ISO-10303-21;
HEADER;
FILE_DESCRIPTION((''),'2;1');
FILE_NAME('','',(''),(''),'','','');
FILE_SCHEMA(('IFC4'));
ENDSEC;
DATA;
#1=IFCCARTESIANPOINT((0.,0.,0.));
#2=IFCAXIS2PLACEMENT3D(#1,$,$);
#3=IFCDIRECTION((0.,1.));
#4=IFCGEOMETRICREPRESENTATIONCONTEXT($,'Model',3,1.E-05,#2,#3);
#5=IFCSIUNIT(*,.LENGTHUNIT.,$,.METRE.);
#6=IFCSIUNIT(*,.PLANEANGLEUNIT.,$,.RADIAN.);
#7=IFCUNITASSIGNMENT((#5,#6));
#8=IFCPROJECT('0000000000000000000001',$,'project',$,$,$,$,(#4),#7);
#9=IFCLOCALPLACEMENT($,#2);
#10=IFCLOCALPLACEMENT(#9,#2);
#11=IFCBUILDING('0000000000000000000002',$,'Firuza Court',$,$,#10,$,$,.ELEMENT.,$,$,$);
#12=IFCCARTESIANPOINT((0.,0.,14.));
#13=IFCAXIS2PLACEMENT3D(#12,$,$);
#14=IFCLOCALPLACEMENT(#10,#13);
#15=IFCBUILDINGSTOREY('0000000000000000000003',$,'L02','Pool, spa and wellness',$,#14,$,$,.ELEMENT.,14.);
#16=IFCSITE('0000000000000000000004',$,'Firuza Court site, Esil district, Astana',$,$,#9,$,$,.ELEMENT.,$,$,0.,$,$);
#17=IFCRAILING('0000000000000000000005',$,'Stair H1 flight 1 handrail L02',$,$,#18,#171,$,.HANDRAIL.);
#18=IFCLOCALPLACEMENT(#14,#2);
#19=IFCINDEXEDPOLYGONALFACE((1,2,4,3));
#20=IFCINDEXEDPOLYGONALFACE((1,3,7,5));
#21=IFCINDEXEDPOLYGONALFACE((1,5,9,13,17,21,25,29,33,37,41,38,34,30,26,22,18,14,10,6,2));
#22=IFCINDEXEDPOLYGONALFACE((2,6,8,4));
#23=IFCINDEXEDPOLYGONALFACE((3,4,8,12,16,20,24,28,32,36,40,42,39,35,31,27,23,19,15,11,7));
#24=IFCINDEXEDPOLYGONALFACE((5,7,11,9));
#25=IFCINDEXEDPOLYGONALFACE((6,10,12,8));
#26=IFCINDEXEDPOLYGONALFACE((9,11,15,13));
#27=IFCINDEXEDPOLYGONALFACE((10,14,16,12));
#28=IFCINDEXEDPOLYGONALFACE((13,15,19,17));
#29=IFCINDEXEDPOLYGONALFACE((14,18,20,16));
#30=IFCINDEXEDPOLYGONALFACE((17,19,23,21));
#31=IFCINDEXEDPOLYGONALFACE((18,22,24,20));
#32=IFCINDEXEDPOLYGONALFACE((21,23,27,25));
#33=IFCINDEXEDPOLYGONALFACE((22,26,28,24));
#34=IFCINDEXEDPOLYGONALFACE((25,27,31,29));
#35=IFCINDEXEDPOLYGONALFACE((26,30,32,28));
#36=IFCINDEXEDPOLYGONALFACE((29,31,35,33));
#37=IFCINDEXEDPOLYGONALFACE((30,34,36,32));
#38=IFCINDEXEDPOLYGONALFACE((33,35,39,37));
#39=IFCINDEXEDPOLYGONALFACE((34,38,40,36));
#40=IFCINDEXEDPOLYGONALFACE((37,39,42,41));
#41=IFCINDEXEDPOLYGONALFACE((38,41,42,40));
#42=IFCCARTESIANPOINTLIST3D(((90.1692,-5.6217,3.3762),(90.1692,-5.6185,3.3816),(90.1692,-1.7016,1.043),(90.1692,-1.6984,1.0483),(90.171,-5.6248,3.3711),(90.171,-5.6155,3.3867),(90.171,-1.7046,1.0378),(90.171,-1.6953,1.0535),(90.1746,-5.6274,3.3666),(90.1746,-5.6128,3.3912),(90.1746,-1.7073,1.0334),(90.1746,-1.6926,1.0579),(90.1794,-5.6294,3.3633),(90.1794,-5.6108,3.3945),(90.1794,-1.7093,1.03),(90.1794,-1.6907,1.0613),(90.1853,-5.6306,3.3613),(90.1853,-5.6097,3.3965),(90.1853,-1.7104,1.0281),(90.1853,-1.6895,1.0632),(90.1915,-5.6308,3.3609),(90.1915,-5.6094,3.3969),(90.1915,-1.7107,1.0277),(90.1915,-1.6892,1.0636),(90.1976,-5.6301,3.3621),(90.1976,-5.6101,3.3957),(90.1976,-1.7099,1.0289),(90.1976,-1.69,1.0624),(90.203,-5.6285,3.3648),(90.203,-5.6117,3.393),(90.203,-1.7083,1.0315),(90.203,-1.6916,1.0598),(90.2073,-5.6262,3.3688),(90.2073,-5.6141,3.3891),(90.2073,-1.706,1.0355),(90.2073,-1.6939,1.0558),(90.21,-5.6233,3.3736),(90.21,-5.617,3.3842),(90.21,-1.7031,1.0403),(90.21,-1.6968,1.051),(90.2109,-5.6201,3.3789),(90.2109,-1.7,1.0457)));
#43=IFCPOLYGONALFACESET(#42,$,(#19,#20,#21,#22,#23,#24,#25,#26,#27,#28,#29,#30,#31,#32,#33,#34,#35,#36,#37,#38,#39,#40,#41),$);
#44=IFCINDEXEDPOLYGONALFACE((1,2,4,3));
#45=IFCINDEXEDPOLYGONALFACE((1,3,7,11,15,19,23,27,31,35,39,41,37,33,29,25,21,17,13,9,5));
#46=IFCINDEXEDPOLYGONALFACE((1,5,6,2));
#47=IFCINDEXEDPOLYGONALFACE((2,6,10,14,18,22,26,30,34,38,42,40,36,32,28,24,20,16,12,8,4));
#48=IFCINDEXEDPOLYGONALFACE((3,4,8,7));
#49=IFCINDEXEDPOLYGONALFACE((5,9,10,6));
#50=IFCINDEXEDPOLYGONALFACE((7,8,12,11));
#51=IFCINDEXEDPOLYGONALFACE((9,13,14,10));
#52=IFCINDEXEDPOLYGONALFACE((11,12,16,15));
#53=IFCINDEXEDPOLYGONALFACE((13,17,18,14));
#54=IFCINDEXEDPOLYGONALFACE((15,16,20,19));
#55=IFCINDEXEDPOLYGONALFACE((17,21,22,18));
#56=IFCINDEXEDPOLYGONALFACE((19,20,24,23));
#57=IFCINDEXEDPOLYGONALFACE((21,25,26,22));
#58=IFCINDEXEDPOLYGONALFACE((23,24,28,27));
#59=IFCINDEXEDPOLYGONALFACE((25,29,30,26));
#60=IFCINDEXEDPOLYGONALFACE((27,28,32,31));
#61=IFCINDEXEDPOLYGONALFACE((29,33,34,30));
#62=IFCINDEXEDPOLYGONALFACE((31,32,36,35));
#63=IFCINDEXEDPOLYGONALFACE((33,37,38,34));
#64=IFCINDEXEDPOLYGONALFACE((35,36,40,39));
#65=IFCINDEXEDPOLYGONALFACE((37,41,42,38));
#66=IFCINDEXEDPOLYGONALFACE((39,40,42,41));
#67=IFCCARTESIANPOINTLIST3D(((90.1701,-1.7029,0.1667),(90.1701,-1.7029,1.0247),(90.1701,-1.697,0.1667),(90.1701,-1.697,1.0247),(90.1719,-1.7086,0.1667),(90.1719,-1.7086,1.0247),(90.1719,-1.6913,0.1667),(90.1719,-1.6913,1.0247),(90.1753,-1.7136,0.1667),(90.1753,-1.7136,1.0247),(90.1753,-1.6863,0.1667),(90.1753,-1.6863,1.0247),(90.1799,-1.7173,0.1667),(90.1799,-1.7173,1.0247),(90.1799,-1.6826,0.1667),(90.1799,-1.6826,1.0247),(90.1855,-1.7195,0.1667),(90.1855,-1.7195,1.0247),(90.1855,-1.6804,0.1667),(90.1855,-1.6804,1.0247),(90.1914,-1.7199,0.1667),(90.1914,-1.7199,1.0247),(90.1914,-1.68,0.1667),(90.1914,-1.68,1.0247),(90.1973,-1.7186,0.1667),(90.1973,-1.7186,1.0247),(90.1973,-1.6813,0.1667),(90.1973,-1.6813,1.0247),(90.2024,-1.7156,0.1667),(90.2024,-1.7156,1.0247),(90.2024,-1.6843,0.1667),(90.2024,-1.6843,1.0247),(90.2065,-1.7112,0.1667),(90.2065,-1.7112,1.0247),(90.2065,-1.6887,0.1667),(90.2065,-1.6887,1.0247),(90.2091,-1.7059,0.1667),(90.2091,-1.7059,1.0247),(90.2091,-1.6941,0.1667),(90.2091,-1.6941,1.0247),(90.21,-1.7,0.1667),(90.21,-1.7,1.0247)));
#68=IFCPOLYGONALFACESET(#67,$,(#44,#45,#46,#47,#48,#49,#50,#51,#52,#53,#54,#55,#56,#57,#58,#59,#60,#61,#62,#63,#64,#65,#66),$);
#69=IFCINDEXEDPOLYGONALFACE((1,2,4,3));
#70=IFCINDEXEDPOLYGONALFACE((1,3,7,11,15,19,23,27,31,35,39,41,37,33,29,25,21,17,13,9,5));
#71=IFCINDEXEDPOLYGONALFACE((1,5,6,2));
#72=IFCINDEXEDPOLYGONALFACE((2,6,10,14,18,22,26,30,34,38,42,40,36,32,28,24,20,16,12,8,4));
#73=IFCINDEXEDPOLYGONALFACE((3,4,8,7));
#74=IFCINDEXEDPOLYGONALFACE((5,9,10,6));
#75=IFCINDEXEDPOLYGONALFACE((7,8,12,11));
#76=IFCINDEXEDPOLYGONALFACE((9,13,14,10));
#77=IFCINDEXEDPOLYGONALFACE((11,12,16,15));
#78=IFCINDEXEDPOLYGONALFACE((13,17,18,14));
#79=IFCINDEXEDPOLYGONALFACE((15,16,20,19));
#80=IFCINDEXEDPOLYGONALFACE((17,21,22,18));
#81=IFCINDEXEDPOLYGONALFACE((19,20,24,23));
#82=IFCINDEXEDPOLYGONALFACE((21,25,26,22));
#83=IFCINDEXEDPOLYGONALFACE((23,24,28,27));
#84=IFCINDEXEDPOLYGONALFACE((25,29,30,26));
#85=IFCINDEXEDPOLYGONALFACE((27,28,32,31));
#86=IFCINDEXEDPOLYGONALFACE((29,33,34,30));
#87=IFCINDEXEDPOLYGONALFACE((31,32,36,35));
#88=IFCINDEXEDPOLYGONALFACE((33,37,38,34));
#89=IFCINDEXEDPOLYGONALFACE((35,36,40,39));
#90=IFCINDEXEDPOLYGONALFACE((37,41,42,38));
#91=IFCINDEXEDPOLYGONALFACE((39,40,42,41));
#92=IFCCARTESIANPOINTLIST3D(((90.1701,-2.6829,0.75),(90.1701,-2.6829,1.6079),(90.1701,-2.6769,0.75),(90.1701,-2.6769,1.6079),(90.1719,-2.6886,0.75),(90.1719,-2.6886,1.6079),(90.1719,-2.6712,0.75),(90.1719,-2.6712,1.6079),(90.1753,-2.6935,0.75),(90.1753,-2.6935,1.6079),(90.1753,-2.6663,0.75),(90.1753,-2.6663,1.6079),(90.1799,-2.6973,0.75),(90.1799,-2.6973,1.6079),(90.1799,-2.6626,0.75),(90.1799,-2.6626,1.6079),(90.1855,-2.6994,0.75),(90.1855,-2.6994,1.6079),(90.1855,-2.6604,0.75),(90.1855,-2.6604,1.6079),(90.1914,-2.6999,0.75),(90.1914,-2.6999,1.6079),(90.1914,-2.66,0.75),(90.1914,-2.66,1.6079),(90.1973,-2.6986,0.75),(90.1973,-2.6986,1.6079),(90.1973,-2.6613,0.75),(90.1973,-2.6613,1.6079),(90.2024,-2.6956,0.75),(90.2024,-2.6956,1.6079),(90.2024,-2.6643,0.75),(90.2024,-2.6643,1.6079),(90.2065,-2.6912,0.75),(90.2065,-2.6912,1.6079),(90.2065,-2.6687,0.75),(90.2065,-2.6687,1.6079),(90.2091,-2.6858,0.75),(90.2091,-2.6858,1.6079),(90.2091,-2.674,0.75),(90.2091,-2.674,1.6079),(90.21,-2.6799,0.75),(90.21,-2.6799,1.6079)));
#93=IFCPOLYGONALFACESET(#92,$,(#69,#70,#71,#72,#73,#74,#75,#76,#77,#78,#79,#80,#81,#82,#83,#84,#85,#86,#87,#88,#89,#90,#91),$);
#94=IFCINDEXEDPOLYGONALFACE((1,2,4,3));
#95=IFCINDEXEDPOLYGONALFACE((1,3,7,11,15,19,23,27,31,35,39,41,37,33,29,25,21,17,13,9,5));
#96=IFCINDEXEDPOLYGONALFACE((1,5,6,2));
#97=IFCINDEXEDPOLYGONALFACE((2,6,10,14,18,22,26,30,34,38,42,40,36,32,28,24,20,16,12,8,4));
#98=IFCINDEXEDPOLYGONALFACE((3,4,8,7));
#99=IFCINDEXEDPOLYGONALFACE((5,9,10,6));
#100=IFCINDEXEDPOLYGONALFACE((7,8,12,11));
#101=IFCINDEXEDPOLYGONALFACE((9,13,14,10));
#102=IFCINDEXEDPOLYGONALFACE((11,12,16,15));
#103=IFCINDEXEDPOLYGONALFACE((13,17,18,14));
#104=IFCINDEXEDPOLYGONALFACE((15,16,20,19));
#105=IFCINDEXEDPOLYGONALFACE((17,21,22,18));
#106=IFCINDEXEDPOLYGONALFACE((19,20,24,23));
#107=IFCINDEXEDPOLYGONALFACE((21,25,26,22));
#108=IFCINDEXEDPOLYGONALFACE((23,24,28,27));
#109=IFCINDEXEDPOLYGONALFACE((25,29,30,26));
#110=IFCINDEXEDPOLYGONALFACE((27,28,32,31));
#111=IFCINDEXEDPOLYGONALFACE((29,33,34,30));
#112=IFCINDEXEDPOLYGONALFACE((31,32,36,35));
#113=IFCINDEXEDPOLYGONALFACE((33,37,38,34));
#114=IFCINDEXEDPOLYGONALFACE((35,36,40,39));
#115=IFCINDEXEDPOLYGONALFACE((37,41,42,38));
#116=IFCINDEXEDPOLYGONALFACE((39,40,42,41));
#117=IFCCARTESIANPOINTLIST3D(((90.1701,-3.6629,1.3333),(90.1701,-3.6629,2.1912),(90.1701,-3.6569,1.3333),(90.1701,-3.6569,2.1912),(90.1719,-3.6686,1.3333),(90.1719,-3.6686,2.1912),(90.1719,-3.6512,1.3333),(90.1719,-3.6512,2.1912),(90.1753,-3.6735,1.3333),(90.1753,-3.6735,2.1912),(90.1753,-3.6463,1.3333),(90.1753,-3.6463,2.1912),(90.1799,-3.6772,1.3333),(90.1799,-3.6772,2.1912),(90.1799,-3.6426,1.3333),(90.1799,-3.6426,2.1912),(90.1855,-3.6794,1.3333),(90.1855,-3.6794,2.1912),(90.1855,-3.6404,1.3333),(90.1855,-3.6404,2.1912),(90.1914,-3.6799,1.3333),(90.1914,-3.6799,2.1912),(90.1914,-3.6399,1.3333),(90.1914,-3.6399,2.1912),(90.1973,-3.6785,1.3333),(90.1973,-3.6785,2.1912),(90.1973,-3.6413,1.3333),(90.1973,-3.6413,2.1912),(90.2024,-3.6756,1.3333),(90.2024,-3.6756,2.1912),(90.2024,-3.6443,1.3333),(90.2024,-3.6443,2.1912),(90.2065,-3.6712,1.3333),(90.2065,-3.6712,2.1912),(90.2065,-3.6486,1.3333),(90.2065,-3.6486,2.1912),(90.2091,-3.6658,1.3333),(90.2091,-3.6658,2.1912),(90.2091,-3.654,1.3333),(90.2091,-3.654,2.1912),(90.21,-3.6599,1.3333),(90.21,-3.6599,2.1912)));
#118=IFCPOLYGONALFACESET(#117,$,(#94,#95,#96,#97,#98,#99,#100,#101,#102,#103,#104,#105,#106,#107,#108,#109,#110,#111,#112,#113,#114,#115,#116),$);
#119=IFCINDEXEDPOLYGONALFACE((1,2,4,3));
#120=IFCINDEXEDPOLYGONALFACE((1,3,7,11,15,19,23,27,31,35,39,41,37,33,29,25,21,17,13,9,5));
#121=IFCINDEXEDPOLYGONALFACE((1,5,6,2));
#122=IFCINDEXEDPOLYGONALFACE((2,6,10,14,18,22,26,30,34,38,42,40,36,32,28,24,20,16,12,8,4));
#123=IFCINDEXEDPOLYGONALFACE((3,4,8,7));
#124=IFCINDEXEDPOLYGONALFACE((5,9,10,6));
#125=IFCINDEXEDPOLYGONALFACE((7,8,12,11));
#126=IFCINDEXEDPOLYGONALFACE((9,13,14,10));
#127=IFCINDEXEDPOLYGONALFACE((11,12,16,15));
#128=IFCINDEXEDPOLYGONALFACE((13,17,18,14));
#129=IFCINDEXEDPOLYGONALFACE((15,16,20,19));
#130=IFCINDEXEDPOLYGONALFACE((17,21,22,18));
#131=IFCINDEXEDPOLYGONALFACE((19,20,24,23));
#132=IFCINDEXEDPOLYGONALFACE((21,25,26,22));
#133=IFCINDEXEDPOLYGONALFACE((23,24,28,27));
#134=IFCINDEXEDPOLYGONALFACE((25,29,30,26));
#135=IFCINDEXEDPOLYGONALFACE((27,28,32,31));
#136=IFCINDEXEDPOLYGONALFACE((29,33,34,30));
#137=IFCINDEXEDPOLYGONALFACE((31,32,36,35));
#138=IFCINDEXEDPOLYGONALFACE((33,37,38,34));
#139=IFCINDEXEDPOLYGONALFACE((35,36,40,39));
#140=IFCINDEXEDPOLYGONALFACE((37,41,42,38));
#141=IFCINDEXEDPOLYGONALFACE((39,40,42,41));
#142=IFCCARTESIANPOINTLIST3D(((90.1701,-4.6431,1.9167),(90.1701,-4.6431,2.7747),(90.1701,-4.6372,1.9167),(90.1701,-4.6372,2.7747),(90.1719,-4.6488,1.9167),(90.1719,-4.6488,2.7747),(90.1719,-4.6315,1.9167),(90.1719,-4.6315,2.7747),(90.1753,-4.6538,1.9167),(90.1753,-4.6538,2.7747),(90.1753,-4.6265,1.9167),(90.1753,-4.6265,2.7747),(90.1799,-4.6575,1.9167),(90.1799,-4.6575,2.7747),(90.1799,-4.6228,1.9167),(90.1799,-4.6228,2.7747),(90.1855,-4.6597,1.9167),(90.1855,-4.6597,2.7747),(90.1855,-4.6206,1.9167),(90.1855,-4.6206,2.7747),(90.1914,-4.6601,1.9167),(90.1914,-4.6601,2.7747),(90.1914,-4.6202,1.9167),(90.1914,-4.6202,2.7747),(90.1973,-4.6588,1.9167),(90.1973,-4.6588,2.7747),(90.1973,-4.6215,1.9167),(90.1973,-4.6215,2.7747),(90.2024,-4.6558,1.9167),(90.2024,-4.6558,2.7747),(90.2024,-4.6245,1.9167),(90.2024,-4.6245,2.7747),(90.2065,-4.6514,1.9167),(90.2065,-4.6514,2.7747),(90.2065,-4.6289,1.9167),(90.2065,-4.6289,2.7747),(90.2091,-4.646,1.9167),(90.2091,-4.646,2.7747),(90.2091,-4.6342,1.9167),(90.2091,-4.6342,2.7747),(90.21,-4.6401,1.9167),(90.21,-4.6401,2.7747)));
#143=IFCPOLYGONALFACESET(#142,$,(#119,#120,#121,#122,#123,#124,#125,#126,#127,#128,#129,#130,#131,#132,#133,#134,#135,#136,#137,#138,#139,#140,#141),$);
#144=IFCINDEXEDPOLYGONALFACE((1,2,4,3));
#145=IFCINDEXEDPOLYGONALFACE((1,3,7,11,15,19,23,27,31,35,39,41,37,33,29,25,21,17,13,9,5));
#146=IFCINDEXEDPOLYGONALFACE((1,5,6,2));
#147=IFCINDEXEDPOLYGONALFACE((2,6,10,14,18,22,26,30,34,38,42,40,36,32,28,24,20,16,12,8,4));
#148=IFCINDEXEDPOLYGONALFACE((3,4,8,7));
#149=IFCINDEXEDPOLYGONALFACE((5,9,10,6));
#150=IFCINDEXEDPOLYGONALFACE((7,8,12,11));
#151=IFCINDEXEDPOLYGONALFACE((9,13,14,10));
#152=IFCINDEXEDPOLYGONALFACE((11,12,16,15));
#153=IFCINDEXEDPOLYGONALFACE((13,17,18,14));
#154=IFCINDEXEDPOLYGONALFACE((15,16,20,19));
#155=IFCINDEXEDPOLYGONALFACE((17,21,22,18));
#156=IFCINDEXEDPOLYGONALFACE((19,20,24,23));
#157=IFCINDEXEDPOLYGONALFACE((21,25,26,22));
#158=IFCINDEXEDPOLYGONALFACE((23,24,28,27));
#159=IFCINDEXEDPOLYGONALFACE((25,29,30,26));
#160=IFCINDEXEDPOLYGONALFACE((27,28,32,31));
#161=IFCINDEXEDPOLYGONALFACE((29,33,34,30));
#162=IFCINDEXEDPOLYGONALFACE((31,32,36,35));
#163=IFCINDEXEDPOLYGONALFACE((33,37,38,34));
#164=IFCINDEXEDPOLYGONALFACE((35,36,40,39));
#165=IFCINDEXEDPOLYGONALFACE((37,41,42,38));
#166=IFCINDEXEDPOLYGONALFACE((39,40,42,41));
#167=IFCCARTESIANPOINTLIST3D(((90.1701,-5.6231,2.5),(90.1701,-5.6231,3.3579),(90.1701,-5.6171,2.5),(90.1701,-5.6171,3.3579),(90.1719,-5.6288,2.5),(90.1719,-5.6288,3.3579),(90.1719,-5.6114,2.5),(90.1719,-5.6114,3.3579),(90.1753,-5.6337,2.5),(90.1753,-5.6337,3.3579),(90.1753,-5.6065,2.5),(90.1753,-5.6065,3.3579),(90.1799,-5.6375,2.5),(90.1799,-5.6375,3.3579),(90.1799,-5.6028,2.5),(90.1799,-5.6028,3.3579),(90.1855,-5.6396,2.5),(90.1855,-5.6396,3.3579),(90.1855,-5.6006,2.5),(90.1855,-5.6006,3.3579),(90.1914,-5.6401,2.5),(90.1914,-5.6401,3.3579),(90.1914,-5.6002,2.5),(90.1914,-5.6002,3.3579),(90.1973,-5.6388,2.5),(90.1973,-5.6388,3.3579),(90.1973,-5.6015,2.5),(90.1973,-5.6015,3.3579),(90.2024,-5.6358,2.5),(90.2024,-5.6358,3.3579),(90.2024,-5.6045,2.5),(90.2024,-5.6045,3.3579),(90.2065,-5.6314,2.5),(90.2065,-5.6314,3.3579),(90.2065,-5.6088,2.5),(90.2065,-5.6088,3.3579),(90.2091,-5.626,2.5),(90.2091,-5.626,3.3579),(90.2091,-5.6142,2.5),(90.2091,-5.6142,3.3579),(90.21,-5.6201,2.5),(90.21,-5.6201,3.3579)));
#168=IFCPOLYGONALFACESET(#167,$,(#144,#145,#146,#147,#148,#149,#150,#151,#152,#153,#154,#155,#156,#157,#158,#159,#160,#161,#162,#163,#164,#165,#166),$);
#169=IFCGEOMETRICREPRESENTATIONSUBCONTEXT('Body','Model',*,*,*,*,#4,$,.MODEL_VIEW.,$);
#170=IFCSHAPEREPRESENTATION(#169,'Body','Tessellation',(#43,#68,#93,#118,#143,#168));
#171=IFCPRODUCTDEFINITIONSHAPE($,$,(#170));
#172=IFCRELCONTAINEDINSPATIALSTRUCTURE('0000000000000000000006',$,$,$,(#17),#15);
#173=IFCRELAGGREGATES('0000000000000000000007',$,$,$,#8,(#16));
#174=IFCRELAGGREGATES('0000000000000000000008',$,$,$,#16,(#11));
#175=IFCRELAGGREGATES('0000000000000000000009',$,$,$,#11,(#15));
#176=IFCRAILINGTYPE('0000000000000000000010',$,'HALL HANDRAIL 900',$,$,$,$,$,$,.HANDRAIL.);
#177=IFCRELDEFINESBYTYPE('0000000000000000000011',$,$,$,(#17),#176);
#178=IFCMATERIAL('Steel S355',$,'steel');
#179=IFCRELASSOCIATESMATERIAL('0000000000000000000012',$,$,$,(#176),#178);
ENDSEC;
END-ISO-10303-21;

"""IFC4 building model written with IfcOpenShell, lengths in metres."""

from ifc_helpers import new_model, si_unit, direction, frame, origin, origin_2d, place, context, subcontext, project, spatial, circle, extrude, material, type_object, element, save


model = new_model("IFC4")

# Units and contexts
model_context = context("Model", 3, precision=1e-05, world=origin(), true_north=direction((0.0, 1.0)))
body_context = subcontext(model_context, "Body", "Model", "MODEL_VIEW")
ifc_project = project(units=[si_unit("LENGTHUNIT", "METRE"), si_unit("PLANEANGLEUNIT", "RADIAN")], contexts=[model_context])

# Site, building, storey
site_placement = place(None, origin())
site = spatial("IfcSite", under=ifc_project, at=site_placement, Name="Firuza Court site, Esil district, Astana", CompositionType="ELEMENT", RefElevation=0.0)
building_placement = place(site_placement, origin())
building = spatial("IfcBuilding", under=site, at=building_placement, Name="Firuza Court", CompositionType="ELEMENT")
storey_placement = place(building_placement, frame((0.0, 0.0, 14.0)))
storey = spatial("IfcBuildingStorey", under=building, at=storey_placement, Name="L02", Description="Pool, spa and wellness", CompositionType="ELEMENT", Elevation=14.0)

# Railing
ifc_material_1 = material(Name="Steel S355", Category="steel")
railing_type = type_object("IfcRailingType", Name="HALL HANDRAIL 900", PredefinedType="HANDRAIL", material=ifc_material_1)
railing_1_placement = place(storey_placement, frame((90.1899, -1.7, 0.1667)))
element("IfcRailing", 1, at=railing_1_placement, inside=storey, type_object=railing_type, Name="Stair H1 flight 1 handrail L02", PredefinedType="HANDRAIL", context=body_context, shape_type="SweptSolid", body=[
    extrude(circle(Radius=0.021, at=origin_2d()), frame((0.0, 0.0, 0.8789), z_axis=(0.0, -0.85931, 0.511455), x_axis=(1.0, 0.0, 0.0)), (0.0, 0.0, 1.0), 4.562),
    extrude(circle(Radius=0.02, at=origin_2d()), origin(), (0.0, 0.0, 1.0), 0.8579),
    extrude(circle(Radius=0.02, at=origin_2d()), frame((0.0, -0.98, 0.5833)), (0.0, 0.0, 1.0), 0.8579),
    extrude(circle(Radius=0.02, at=origin_2d()), frame((0.0, -1.96, 1.1665)), (0.0, 0.0, 1.0), 0.8579),
    extrude(circle(Radius=0.02, at=origin_2d()), frame((0.0, -2.9402, 1.75)), (0.0, 0.0, 1.0), 0.8579),
    extrude(circle(Radius=0.02, at=origin_2d()), frame((0.0, -3.9202, 2.3333)), (0.0, 0.0, 1.0), 0.8579),
])

save(model, "model.ifc")
